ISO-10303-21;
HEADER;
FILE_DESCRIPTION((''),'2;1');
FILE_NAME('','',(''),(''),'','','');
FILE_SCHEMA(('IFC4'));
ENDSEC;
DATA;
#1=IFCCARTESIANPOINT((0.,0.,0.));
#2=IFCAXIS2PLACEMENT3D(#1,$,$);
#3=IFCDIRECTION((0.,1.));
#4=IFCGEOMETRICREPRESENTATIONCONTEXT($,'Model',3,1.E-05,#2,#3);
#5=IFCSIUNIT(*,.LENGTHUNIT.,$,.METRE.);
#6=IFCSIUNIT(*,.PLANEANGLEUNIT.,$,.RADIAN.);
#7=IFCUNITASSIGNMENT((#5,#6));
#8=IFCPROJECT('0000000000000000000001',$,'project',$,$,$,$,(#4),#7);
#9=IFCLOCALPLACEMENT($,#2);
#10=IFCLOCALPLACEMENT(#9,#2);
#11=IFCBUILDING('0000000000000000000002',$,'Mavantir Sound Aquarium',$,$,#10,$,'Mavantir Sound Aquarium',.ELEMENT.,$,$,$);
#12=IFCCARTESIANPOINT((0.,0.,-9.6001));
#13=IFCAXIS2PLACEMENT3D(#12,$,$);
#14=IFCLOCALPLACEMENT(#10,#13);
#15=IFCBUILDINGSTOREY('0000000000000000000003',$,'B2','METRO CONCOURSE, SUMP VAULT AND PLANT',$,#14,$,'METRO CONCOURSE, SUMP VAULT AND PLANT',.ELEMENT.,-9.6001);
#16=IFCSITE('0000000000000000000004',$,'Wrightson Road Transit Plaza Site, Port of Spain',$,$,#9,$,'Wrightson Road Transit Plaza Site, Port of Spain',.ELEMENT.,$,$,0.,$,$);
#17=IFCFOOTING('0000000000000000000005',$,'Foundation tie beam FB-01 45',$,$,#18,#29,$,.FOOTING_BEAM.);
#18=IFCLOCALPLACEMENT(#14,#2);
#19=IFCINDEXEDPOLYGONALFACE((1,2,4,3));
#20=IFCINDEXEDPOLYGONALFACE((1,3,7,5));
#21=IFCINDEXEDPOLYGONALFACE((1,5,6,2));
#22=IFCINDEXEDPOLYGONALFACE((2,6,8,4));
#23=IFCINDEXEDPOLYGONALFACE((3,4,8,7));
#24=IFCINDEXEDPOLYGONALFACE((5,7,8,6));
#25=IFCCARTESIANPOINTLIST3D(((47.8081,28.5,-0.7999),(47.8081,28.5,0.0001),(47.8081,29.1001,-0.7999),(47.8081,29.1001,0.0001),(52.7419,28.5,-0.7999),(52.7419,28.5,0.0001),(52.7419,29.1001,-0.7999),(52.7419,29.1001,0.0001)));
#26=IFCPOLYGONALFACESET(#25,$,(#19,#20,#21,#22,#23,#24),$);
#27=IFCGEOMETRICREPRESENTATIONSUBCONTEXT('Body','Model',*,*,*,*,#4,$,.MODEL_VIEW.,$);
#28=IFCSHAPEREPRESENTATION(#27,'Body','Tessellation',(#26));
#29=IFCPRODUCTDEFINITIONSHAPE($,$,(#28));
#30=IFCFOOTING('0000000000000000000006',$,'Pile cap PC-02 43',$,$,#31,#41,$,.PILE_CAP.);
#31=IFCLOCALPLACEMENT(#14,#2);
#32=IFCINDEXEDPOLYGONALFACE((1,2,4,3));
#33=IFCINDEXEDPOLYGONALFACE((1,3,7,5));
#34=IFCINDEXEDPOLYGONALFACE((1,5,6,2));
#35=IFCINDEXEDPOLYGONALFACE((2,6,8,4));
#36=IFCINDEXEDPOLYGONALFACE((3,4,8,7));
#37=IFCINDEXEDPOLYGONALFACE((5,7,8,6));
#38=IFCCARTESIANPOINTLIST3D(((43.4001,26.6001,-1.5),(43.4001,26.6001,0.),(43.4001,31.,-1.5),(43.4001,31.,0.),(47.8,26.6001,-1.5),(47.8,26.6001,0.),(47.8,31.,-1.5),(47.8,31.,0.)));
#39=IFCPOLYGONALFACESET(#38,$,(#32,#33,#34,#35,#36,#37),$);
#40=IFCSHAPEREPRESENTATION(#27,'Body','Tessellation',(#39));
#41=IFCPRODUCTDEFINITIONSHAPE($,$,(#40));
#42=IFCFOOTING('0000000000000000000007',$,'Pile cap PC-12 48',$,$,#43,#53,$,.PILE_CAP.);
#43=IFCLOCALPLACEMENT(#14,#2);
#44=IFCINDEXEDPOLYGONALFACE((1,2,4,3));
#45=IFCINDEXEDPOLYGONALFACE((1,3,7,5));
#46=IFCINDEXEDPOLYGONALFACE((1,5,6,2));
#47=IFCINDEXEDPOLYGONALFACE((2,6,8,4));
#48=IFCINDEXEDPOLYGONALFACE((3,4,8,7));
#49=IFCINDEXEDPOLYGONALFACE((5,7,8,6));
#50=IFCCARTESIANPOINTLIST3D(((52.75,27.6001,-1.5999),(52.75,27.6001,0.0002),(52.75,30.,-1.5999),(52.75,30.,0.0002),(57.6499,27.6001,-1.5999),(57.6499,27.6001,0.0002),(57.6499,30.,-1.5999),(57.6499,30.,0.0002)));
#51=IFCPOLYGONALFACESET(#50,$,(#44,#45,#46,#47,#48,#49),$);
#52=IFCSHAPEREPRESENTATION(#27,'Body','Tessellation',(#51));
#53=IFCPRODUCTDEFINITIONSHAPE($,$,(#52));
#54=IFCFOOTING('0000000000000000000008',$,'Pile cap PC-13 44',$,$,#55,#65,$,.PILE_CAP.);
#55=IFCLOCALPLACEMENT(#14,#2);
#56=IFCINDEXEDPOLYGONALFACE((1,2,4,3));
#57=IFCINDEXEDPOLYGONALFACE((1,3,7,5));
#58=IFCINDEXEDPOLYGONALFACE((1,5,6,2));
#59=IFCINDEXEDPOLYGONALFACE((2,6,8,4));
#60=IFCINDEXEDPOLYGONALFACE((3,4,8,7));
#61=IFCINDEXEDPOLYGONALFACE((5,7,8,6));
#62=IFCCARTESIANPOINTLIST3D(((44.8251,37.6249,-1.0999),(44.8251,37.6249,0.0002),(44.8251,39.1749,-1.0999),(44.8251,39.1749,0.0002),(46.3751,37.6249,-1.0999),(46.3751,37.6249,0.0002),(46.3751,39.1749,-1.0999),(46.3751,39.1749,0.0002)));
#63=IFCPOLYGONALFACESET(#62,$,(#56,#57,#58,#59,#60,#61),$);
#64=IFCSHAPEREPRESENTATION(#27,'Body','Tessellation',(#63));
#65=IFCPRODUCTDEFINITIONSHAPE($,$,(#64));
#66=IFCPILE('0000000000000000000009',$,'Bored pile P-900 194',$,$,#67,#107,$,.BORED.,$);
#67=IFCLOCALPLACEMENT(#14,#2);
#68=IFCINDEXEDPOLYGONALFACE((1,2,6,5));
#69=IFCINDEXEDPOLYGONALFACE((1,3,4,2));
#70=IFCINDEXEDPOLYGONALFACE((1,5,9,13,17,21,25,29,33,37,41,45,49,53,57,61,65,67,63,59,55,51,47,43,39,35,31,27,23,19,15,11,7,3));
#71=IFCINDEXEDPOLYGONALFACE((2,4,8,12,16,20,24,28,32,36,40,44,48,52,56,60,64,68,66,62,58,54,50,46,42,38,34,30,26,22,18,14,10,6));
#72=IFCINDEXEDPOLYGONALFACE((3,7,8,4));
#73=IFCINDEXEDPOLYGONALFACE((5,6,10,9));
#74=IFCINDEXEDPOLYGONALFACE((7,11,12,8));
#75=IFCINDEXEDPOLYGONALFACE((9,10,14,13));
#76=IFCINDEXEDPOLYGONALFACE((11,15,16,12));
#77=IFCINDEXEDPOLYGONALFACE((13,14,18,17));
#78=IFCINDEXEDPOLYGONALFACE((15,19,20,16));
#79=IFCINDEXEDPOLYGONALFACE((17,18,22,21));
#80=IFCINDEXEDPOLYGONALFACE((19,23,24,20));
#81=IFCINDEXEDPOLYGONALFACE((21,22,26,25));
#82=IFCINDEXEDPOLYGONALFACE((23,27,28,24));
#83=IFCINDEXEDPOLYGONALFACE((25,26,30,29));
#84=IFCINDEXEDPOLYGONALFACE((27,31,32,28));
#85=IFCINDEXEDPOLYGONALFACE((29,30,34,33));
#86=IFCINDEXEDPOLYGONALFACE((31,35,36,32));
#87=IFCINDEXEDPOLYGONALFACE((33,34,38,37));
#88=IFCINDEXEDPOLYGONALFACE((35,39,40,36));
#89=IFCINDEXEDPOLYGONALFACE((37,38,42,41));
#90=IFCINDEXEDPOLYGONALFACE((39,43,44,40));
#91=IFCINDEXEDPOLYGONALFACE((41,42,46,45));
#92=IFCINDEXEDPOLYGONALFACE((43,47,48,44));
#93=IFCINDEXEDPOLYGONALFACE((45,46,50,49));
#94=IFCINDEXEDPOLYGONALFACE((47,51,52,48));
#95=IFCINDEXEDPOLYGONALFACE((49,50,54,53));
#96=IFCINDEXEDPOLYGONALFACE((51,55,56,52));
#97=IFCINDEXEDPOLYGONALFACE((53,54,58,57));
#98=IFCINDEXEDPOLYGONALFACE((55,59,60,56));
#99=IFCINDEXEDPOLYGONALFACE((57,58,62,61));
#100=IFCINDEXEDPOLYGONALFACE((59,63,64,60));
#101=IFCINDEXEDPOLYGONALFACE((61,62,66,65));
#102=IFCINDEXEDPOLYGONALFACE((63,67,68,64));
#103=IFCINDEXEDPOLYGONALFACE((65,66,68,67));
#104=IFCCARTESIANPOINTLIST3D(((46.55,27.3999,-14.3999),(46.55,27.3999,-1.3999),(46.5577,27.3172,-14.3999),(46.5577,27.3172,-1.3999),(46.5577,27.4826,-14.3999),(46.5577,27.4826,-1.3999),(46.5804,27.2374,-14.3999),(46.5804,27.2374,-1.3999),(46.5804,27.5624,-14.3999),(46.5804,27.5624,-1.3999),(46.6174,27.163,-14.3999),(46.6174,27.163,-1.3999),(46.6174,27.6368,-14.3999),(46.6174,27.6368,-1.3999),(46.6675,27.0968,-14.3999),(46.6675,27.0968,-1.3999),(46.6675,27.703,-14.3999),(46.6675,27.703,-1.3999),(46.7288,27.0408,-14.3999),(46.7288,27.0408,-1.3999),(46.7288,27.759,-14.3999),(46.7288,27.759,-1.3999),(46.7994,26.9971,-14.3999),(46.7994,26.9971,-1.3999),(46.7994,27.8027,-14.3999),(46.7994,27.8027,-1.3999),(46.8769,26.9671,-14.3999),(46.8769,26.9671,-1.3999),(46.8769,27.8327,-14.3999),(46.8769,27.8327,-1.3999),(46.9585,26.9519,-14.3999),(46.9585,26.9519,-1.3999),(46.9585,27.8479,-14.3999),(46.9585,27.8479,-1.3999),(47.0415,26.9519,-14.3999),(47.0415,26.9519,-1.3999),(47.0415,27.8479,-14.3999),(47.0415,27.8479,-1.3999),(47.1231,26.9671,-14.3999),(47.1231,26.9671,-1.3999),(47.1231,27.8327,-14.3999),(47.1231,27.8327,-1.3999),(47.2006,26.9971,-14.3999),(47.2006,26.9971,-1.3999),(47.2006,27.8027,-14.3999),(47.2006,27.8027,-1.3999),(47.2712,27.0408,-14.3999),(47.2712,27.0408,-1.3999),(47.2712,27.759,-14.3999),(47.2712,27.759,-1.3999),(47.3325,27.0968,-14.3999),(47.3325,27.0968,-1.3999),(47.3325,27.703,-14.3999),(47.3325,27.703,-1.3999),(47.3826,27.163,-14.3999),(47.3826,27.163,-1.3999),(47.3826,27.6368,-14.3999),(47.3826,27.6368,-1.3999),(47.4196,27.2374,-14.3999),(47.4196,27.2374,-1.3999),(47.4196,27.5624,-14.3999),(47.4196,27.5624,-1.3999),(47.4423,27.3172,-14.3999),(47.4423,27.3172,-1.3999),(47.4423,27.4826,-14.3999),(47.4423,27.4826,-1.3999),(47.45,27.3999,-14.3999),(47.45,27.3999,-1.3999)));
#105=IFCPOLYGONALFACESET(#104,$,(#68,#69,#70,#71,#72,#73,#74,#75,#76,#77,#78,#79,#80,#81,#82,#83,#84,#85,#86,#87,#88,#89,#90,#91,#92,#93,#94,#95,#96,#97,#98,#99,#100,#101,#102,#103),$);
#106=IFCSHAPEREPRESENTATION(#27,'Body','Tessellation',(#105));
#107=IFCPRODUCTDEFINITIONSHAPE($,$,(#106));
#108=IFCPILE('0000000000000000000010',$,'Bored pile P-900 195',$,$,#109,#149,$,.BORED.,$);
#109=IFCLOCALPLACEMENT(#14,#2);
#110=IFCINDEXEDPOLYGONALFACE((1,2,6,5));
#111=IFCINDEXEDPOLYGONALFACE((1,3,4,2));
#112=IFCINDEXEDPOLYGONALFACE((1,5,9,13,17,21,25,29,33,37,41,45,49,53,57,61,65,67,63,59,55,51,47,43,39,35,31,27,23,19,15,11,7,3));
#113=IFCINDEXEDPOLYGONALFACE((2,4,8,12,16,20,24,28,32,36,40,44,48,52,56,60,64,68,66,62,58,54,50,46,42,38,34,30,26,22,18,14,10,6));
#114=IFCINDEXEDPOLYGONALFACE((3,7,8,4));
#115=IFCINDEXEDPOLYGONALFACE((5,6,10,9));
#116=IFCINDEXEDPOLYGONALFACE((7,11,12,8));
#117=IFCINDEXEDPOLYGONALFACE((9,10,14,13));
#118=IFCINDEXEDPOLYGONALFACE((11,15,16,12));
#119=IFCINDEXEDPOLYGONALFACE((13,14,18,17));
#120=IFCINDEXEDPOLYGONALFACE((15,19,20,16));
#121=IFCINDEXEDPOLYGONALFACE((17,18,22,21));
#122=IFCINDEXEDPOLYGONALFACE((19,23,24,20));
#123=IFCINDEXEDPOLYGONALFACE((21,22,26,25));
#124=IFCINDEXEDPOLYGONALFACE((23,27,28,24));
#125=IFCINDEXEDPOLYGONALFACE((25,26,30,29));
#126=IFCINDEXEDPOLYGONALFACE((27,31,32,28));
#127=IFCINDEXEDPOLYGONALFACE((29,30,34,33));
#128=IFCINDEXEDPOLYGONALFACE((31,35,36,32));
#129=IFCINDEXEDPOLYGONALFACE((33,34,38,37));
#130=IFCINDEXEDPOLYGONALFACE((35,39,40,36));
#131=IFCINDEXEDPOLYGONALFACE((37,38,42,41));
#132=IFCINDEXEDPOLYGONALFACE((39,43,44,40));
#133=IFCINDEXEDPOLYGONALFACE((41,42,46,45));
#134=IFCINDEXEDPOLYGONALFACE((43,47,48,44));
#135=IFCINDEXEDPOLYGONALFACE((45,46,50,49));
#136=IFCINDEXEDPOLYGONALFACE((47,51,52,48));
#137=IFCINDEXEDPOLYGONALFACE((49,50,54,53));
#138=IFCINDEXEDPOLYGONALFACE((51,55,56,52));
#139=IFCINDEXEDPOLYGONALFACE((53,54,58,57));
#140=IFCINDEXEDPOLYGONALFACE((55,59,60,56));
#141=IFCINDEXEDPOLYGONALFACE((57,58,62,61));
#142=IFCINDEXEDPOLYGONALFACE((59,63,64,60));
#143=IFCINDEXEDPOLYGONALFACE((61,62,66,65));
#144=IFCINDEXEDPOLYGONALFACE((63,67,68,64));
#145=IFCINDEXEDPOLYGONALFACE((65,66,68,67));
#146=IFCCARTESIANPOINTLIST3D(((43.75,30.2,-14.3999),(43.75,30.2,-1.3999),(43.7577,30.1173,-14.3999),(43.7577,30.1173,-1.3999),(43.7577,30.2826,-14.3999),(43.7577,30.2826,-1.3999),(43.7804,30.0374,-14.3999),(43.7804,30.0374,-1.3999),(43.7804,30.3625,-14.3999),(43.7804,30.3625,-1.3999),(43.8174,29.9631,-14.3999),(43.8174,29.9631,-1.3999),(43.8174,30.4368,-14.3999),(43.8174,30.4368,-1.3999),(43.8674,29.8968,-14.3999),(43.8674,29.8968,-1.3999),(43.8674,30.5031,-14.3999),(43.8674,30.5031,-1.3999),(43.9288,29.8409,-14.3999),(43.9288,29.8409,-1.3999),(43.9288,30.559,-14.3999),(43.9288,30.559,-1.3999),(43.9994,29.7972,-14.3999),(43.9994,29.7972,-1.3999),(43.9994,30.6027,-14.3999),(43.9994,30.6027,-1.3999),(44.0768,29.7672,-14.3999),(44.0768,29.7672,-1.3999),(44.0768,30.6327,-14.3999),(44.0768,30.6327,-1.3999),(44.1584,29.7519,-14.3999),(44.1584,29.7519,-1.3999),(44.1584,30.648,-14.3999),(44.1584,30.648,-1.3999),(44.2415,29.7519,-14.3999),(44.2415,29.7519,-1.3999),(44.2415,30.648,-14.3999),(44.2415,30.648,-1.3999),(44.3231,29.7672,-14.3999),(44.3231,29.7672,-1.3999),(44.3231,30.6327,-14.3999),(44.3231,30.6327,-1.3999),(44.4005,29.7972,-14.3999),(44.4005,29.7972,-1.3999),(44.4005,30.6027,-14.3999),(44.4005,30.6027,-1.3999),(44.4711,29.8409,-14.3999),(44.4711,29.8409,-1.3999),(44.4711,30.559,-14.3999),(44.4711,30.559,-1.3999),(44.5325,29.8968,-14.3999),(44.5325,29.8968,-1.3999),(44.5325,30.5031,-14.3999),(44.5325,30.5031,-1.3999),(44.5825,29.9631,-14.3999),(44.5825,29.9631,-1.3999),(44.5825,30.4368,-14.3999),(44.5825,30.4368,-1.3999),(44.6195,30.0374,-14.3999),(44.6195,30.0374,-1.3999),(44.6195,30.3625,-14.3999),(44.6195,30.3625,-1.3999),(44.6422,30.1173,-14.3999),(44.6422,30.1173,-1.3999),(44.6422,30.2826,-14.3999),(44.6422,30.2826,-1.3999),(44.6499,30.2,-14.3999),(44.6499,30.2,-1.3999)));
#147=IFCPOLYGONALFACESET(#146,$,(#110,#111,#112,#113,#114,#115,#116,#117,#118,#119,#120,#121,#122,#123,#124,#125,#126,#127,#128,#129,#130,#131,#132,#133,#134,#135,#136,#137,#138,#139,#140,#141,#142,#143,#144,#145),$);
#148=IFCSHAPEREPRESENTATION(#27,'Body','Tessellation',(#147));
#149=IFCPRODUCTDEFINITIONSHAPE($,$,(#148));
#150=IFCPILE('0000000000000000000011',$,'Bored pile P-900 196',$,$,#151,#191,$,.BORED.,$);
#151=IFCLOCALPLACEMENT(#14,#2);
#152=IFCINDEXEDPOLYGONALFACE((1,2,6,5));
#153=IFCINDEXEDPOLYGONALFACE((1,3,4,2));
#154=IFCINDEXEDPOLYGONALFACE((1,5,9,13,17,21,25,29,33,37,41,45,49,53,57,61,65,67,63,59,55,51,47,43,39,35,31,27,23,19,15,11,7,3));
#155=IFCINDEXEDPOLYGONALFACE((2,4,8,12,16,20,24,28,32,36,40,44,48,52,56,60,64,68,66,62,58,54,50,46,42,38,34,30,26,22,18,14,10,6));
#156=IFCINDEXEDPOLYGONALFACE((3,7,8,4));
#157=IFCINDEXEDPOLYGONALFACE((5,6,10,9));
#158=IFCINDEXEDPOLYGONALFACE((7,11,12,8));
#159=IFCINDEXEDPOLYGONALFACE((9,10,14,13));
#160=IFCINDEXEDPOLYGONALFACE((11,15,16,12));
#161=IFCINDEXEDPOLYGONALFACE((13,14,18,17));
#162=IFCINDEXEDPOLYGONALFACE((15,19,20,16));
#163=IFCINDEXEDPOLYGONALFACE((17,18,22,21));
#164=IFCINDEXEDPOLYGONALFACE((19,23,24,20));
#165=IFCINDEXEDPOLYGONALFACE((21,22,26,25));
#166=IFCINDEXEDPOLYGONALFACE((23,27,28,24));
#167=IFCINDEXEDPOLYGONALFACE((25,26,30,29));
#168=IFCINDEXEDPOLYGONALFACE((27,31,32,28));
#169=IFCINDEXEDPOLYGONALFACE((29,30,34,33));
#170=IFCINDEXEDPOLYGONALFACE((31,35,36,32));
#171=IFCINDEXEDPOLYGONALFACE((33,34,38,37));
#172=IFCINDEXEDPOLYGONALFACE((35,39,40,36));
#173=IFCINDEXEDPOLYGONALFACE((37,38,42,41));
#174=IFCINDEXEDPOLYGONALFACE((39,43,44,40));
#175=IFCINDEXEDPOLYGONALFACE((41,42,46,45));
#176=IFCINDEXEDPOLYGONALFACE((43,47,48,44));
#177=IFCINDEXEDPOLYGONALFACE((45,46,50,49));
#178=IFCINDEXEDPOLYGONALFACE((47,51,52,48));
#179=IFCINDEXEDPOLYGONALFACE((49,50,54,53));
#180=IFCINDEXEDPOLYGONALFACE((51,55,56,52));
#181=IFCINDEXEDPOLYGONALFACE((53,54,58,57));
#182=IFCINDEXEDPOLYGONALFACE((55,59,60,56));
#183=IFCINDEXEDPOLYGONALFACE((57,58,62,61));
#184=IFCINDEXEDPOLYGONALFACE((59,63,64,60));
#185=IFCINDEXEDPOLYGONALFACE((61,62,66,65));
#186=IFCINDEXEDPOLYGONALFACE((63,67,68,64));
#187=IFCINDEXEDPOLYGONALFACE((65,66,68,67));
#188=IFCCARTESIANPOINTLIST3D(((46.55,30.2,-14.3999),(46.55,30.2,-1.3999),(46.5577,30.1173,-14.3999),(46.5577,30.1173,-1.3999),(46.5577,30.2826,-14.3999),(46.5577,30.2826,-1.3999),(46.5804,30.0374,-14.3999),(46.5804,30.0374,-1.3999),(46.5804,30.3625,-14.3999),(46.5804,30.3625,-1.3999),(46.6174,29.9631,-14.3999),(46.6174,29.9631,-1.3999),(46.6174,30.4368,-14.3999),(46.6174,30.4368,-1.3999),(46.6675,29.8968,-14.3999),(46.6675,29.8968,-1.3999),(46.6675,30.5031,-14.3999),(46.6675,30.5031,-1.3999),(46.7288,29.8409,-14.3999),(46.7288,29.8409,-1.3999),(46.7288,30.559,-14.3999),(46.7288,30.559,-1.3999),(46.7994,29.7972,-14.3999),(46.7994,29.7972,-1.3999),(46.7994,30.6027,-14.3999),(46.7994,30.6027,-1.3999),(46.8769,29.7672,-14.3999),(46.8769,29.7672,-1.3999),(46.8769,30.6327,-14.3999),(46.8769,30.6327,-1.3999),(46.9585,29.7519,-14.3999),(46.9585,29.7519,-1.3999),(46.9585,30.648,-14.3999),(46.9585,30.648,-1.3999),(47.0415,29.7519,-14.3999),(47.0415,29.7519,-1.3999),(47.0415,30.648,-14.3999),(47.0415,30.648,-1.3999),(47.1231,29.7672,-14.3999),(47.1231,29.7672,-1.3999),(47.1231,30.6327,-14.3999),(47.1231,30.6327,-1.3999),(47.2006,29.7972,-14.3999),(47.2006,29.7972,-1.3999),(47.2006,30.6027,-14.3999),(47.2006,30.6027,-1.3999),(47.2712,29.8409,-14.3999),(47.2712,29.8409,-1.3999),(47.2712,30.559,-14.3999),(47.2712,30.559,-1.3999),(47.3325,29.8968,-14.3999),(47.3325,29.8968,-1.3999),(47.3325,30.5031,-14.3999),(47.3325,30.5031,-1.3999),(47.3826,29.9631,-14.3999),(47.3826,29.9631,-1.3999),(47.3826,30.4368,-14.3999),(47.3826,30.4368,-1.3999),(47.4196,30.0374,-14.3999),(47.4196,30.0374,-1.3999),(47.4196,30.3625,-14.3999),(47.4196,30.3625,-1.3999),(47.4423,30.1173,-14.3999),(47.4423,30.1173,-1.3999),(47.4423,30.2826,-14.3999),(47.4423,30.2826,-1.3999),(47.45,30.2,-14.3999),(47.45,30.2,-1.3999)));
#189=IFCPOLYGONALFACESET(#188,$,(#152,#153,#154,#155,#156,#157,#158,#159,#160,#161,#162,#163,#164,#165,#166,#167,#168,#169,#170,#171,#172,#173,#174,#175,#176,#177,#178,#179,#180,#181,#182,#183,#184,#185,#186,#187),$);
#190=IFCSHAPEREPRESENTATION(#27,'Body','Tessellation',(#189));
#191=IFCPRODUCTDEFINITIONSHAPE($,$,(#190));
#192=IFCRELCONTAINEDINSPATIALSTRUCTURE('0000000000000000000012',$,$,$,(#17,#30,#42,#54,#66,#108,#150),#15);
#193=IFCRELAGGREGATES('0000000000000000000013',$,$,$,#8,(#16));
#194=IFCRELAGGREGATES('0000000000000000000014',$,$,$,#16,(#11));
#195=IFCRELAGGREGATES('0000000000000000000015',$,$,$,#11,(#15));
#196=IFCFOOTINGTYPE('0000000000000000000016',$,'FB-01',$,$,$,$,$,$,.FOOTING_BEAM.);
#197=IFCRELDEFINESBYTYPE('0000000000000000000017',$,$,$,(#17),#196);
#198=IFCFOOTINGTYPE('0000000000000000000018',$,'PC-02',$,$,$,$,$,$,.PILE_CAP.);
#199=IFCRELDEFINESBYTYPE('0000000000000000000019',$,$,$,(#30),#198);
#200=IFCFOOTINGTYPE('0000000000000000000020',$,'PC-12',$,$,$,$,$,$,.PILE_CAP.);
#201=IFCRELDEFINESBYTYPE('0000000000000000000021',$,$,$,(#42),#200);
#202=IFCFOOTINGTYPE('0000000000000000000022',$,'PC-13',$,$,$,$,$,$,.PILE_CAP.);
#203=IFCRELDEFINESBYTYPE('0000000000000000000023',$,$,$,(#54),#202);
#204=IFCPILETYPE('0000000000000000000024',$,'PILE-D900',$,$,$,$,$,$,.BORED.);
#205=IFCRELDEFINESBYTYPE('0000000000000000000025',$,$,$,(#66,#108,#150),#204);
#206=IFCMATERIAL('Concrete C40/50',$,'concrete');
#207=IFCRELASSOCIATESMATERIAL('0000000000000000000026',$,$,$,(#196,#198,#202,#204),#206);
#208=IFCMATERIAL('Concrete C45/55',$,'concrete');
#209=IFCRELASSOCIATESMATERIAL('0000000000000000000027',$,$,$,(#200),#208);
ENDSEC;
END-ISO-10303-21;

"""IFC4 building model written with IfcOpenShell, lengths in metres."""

from ifc_helpers import new_model, si_unit, direction, frame, origin, origin_2d, place, context, subcontext, project, spatial, rectangle, circle, extrude, material, material_profile, profile_set, type_object, element, save


model = new_model("IFC4")

# Units and contexts
model_context = context("Model", 3, precision=1e-05, world=origin(), true_north=direction((0.0, 1.0)))
body_context = subcontext(model_context, "Body", "Model", "MODEL_VIEW")
ifc_project = project(units=[si_unit("LENGTHUNIT", "METRE"), si_unit("PLANEANGLEUNIT", "RADIAN")], contexts=[model_context])

# Site, building, storey
site_placement = place(None, origin())
site = spatial("IfcSite", under=ifc_project, at=site_placement, Name="Wrightson Road Transit Plaza Site, Port of Spain", LongName="Wrightson Road Transit Plaza Site, Port of Spain", CompositionType="ELEMENT", RefElevation=0.0)
building_placement = place(site_placement, origin())
building = spatial("IfcBuilding", under=site, at=building_placement, Name="Mavantir Sound Aquarium", LongName="Mavantir Sound Aquarium", CompositionType="ELEMENT")
storey_placement = place(building_placement, frame((0.0, 0.0, -9.6001)))
storey = spatial("IfcBuildingStorey", under=building, at=storey_placement, Name="B2", Description="METRO CONCOURSE, SUMP VAULT AND PLANT", LongName="METRO CONCOURSE, SUMP VAULT AND PLANT", CompositionType="ELEMENT", Elevation=-9.6001)

# Footings
ifc_material_1 = material(Name="Concrete C40/50", Category="concrete")
ifc_material_profile_1 = material_profile(ifc_material_1, rectangle(XDim=0.6001, YDim=0.8, at=origin_2d()), Name="RC 600X800")
ifc_profile_set_1 = profile_set([ifc_material_profile_1], Name="Concrete C40/50")
footing_type_1 = type_object("IfcFootingType", Name="FB-01", PredefinedType="FOOTING_BEAM", material=ifc_profile_set_1)
footing_1_placement = place(storey_placement, frame((47.8081, 28.8, -0.3999), z_axis=(1.0, 0.0, 0.0), x_axis=(0.0, 1.0, 0.0)))
element("IfcFooting", 1, at=footing_1_placement, inside=storey, type_object=footing_type_1, Name="Foundation tie beam FB-01 45", PredefinedType="FOOTING_BEAM", context=body_context, shape_type="SweptSolid", body=[
    extrude(rectangle(XDim=0.6001, YDim=0.8, at=origin_2d()), origin(), (0.0, 0.0, 1.0), 4.9338),
])
footing_type_2 = type_object("IfcFootingType", Name="PC-02", PredefinedType="PILE_CAP", material=ifc_material_1)
footing_2_placement = place(storey_placement, frame((45.6001, 28.8, -1.5), z_axis=(0.0, 0.0, 1.0), x_axis=(1.0, 0.0, 0.0)))
element("IfcFooting", 2, at=footing_2_placement, inside=storey, type_object=footing_type_2, Name="Pile cap PC-02 43", PredefinedType="PILE_CAP", context=body_context, shape_type="SweptSolid", body=[
    extrude(rectangle(XDim=4.3999, YDim=4.3999, at=origin_2d()), origin(), (0.0, 0.0, 1.0), 1.5),
])
ifc_material_2 = material(Name="Concrete C45/55", Category="concrete")
footing_type_3 = type_object("IfcFootingType", Name="PC-12", PredefinedType="PILE_CAP", material=ifc_material_2)
footing_3_placement = place(storey_placement, frame((55.2, 28.8, -1.5999), z_axis=(0.0, 0.0, 1.0), x_axis=(1.0, 0.0, 0.0)))
element("IfcFooting", 3, at=footing_3_placement, inside=storey, type_object=footing_type_3, Name="Pile cap PC-12 48", PredefinedType="PILE_CAP", context=body_context, shape_type="SweptSolid", body=[
    extrude(rectangle(XDim=4.8999, YDim=2.3999, at=origin_2d()), origin(), (0.0, 0.0, 1.0), 1.6001),
])
footing_type_4 = type_object("IfcFootingType", Name="PC-13", PredefinedType="PILE_CAP", material=ifc_material_1)
footing_4_placement = place(storey_placement, frame((45.6001, 38.3999, -1.0999), z_axis=(0.0, 0.0, 1.0), x_axis=(1.0, 0.0, 0.0)))
element("IfcFooting", 4, at=footing_4_placement, inside=storey, type_object=footing_type_4, Name="Pile cap PC-13 44", PredefinedType="PILE_CAP", context=body_context, shape_type="SweptSolid", body=[
    extrude(rectangle(XDim=1.55, YDim=1.55, at=origin_2d()), origin(), (0.0, 0.0, 1.0), 1.1001),
])

# Piles
ifc_material_profile_2 = material_profile(ifc_material_1, circle(Radius=0.45, at=origin_2d()), Name="PILE D900")
ifc_profile_set_2 = profile_set([ifc_material_profile_2], Name="Concrete C40/50")
pile_type = type_object("IfcPileType", Name="PILE-D900", PredefinedType="BORED", material=ifc_profile_set_2)
for number, where, z_axis, x_axis, name in (
    (5, (47.0, 27.3999, -1.3999), (0.0, 0.0, -1.0), (1.0, 0.0, 0.0), "Bored pile P-900 194"),
    (6, (44.2, 30.2, -1.3999), (0.0, 0.0, -1.0), (1.0, 0.0, 0.0), "Bored pile P-900 195"),
    (7, (47.0, 30.2, -1.3999), (0.0, 0.0, -1.0), (1.0, 0.0, 0.0), "Bored pile P-900 196"),
):
    element("IfcPile", number, at=place(storey_placement, frame(where, z_axis=z_axis, x_axis=x_axis)), inside=storey, type_object=pile_type, Name=name, PredefinedType="BORED", context=body_context, shape_type="SweptSolid", body=[
        extrude(circle(Radius=0.45, at=origin_2d()), origin(), (0.0, 0.0, 1.0), 13.0),
    ])

save(model, "model.ifc")
